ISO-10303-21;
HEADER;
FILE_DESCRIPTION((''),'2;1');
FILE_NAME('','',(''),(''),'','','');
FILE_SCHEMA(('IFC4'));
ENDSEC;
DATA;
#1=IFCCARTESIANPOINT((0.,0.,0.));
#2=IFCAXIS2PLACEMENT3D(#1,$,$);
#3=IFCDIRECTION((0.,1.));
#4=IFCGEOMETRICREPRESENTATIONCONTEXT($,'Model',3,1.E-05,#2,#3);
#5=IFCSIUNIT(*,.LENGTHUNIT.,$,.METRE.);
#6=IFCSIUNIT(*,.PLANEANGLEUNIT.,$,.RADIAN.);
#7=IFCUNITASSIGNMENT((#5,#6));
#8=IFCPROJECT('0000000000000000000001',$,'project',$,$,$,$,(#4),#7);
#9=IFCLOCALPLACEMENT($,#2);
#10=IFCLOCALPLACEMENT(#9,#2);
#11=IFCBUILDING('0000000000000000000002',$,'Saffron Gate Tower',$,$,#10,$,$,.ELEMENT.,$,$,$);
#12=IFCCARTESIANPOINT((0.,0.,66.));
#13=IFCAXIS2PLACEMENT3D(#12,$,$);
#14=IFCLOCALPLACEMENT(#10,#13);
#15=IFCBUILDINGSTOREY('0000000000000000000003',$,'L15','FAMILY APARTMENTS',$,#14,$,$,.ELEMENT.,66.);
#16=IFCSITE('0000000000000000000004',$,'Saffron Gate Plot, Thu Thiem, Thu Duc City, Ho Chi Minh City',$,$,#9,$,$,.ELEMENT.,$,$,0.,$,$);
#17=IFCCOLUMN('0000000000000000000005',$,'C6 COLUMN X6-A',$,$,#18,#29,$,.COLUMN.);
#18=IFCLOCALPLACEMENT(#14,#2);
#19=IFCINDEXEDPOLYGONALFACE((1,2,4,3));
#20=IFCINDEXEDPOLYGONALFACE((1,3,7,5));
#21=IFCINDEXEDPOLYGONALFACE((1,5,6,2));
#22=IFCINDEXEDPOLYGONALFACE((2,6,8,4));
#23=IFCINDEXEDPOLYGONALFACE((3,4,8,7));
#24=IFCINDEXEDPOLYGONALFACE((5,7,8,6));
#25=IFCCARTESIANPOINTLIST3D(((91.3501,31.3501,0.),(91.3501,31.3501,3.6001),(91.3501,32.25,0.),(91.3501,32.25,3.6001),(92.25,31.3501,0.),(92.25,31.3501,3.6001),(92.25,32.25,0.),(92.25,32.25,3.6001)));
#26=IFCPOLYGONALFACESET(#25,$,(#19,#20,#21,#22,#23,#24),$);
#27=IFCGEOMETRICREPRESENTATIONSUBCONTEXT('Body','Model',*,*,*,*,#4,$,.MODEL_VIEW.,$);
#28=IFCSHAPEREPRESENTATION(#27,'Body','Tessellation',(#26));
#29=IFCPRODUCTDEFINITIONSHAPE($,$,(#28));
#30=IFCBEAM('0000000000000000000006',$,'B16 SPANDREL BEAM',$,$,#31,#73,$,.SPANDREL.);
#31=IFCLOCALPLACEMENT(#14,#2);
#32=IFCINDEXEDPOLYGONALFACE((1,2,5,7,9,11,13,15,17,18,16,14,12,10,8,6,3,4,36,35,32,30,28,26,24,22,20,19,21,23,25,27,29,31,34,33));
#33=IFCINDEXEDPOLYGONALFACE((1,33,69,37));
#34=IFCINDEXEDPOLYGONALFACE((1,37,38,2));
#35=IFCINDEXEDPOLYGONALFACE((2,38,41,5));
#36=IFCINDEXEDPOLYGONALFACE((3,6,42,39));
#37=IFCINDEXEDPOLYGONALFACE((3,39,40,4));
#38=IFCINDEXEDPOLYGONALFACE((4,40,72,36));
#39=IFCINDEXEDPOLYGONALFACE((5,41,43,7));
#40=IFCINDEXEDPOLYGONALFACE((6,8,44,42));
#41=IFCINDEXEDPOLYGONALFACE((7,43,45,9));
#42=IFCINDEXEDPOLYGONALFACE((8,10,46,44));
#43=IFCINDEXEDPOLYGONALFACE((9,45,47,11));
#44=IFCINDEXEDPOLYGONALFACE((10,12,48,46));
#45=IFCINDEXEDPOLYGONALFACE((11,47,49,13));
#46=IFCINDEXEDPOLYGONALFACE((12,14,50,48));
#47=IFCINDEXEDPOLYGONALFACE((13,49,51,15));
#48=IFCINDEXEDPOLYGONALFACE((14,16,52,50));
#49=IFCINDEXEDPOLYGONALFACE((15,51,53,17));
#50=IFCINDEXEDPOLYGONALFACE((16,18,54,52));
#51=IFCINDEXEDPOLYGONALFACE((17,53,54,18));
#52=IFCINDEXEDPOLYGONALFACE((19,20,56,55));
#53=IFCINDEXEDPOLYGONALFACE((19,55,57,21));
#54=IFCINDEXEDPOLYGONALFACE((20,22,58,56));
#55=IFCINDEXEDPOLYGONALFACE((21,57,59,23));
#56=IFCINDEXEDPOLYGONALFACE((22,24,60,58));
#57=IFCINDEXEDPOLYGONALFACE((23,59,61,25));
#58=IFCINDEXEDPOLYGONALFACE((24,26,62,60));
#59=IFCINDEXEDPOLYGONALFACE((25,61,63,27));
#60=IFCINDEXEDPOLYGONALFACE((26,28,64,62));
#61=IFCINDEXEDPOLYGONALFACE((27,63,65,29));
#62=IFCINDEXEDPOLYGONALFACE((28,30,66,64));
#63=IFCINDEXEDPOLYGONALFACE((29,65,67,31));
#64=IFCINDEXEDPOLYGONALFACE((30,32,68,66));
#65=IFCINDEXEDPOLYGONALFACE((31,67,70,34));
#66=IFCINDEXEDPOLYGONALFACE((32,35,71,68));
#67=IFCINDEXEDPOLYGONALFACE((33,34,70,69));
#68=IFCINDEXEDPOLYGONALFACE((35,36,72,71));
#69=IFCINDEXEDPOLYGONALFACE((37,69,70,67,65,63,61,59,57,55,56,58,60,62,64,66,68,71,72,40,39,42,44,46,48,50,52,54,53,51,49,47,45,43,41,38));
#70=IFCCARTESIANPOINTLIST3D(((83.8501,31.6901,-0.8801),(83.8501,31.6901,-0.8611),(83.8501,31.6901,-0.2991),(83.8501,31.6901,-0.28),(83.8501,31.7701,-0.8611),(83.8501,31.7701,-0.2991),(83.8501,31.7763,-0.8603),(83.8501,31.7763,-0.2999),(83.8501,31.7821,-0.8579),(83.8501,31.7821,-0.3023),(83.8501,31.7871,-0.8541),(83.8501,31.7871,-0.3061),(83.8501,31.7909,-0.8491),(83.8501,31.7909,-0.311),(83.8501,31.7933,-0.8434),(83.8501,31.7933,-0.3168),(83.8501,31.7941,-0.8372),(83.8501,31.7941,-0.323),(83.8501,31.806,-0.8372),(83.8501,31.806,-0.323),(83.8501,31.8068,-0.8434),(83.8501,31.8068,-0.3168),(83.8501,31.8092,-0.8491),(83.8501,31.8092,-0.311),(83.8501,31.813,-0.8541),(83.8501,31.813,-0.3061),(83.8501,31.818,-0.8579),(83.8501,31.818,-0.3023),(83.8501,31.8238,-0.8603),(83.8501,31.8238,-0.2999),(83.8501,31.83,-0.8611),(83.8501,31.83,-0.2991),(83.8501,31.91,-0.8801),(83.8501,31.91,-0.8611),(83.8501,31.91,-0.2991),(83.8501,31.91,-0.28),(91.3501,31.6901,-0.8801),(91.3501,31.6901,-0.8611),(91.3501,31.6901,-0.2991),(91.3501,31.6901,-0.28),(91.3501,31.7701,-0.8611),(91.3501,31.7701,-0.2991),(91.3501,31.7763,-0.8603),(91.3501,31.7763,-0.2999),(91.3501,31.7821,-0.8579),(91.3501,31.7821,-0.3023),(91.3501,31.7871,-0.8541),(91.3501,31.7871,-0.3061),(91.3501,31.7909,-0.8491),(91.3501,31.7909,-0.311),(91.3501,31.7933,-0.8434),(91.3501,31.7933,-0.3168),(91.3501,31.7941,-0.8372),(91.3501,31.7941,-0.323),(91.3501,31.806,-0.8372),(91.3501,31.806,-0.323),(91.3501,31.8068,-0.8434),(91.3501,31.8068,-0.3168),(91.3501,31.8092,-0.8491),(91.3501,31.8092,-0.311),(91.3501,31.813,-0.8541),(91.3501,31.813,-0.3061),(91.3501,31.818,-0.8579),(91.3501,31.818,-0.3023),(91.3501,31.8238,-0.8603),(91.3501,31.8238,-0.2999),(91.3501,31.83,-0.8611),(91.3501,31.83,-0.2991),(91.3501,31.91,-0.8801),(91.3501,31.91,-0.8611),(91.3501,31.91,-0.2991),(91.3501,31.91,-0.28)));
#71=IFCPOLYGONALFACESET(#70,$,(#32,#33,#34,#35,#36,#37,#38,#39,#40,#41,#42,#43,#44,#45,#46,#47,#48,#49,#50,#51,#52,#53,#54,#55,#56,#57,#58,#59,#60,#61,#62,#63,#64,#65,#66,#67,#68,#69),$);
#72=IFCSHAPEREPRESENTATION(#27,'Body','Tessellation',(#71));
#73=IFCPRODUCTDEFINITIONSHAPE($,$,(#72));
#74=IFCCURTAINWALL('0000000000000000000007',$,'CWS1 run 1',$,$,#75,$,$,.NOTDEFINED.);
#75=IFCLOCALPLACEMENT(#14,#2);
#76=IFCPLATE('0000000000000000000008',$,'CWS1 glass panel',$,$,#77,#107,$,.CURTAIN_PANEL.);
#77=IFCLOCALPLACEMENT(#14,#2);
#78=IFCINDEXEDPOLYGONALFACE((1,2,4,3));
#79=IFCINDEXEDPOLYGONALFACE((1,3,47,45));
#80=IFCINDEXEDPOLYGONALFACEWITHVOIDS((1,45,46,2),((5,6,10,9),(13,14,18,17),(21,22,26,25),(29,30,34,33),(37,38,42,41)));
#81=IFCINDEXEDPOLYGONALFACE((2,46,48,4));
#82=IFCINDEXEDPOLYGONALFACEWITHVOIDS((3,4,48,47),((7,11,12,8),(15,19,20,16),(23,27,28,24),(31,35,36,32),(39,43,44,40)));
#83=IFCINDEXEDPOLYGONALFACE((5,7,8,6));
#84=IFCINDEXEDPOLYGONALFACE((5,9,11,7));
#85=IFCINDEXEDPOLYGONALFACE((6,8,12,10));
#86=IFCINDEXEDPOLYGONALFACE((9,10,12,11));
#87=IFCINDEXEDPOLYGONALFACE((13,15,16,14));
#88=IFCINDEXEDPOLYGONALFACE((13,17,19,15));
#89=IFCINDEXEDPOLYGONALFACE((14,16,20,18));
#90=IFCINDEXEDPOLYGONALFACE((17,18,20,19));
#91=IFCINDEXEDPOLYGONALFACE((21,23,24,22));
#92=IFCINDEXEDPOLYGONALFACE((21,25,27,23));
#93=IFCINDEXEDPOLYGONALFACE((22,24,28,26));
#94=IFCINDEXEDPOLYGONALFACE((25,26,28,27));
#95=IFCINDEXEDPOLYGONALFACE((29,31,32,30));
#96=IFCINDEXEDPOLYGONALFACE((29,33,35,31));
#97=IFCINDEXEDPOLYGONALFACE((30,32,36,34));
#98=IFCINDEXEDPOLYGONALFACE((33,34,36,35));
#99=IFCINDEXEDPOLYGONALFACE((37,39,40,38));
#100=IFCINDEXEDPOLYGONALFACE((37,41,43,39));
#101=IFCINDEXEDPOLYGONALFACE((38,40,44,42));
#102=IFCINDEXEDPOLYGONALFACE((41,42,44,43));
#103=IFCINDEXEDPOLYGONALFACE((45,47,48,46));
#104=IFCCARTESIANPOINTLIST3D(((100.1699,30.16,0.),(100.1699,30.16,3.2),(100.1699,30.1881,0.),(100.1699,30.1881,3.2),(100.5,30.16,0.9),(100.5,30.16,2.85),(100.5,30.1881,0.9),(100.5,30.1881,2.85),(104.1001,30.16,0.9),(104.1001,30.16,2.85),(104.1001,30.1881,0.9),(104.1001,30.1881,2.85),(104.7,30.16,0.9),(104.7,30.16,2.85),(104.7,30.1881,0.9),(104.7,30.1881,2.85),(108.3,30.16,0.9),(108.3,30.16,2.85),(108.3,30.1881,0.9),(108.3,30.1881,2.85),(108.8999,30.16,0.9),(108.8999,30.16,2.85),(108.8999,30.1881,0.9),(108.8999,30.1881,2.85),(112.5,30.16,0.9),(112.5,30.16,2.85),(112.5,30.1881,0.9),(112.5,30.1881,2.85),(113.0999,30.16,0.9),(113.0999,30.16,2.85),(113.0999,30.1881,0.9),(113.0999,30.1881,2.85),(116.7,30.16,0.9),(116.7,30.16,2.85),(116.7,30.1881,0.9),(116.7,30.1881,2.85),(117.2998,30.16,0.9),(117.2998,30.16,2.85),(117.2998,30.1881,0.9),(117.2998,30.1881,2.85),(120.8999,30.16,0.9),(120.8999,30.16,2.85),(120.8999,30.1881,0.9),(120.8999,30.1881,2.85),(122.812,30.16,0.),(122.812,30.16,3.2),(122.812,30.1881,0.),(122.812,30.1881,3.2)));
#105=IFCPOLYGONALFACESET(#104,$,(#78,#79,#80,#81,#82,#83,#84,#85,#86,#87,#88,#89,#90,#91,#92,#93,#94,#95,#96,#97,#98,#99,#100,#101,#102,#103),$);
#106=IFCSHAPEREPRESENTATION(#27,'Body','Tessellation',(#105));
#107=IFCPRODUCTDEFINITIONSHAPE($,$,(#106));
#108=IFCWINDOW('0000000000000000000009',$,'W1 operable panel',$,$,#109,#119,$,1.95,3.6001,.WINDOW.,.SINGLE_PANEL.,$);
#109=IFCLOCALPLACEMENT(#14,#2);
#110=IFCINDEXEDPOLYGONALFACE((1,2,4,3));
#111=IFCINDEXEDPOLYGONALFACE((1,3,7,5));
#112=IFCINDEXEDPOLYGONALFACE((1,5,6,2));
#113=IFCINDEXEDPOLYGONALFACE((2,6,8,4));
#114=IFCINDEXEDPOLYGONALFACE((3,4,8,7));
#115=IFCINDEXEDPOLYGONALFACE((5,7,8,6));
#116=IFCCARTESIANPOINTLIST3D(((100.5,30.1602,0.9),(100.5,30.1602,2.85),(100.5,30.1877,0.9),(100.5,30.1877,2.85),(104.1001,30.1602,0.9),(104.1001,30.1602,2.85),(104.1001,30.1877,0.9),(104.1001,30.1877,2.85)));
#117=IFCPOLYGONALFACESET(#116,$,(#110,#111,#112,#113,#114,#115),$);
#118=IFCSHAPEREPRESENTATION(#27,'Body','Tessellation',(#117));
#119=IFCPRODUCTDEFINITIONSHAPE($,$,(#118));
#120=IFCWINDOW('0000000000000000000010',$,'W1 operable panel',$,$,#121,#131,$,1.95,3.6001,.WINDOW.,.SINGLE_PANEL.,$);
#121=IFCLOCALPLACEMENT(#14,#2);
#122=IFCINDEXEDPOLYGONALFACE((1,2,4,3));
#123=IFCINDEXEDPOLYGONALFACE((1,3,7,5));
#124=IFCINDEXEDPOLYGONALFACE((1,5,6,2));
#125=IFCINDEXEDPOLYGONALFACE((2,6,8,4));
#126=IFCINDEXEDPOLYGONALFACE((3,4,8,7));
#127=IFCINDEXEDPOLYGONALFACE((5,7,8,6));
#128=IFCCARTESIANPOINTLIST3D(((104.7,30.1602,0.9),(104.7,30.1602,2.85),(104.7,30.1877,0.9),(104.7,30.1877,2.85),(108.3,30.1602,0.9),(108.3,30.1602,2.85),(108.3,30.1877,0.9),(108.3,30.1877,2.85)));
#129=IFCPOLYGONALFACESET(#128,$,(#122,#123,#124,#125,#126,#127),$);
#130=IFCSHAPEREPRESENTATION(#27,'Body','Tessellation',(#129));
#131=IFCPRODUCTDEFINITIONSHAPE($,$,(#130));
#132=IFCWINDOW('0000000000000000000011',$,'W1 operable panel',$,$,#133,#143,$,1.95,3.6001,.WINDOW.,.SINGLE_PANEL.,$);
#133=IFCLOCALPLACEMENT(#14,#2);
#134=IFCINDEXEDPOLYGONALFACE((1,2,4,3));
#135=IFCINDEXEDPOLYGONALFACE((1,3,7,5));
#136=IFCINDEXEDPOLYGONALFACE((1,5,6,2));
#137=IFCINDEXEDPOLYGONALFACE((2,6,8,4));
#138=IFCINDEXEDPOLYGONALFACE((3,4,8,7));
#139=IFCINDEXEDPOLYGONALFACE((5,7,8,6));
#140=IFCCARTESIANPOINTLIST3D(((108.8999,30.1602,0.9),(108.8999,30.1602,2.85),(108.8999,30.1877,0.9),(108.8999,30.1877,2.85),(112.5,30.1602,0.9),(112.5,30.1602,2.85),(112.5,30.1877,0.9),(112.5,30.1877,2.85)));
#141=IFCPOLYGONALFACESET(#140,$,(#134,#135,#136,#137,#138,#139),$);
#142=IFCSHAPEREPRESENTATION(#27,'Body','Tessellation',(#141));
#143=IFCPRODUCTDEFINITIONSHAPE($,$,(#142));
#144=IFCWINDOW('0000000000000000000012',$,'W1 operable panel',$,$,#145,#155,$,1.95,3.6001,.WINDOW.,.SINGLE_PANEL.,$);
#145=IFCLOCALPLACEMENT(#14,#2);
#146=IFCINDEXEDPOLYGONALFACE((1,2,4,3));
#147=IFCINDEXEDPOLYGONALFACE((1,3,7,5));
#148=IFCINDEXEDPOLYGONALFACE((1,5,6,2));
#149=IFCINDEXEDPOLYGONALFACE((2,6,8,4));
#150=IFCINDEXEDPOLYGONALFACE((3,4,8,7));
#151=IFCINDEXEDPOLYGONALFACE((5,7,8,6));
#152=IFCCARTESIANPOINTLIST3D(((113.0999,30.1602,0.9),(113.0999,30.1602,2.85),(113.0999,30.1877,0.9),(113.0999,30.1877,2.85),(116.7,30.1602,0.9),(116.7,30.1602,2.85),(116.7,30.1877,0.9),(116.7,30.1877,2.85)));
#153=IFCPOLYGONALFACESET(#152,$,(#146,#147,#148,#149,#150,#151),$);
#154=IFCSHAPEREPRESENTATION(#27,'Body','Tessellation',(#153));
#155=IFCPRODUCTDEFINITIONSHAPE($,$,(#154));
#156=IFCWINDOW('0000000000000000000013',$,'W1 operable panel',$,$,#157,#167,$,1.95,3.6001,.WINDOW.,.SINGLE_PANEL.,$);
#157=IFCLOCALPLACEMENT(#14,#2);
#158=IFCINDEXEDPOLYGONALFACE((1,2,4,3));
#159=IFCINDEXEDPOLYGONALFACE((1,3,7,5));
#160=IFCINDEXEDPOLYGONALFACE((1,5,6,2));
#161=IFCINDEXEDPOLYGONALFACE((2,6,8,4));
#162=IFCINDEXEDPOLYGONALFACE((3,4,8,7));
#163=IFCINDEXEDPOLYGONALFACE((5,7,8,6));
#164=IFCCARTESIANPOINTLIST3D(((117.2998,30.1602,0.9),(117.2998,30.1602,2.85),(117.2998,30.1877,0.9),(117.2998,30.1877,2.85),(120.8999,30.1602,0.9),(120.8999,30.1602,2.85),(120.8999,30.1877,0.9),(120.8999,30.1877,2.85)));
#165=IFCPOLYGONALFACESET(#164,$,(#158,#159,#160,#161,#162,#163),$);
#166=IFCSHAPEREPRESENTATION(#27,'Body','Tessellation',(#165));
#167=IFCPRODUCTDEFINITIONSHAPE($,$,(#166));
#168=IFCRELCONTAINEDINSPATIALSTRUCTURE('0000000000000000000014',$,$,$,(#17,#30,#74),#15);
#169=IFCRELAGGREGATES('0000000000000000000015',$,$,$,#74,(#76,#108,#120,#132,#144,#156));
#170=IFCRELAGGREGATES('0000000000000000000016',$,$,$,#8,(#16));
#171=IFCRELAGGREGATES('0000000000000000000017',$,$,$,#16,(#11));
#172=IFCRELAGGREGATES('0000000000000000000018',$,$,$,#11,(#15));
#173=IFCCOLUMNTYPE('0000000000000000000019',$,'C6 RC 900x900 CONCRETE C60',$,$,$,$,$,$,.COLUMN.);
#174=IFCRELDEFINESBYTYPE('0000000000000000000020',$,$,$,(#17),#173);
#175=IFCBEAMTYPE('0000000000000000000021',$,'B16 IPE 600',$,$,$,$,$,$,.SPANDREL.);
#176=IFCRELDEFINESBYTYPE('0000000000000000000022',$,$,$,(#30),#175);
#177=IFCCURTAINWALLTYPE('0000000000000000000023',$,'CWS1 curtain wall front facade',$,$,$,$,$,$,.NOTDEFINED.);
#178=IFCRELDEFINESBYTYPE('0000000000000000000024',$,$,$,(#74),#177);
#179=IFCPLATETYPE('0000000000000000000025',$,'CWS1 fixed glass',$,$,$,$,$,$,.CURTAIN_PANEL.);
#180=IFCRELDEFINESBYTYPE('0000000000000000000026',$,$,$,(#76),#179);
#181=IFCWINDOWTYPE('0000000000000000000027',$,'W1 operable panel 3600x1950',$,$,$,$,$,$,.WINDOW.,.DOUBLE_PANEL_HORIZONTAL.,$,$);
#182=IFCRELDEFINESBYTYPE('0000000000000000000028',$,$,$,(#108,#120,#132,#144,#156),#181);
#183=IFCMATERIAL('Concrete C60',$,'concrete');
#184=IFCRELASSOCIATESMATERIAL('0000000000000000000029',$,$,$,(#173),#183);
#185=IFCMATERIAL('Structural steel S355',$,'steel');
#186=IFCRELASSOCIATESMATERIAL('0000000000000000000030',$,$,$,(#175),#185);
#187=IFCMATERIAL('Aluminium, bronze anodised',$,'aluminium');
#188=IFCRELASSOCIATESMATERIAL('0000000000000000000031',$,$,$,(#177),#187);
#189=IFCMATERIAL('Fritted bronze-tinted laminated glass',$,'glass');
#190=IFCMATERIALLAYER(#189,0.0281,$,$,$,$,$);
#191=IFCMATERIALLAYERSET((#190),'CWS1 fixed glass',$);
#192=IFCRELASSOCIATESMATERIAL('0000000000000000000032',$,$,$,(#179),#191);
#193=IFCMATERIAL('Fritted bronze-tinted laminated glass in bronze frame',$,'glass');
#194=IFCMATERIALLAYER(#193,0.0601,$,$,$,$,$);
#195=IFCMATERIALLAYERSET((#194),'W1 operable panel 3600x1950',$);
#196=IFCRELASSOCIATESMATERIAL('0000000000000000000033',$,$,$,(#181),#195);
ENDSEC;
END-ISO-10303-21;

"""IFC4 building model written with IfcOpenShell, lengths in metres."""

from ifc_helpers import new_model, si_unit, direction, frame, frame_2d, origin, origin_2d, place, context, subcontext, project, spatial, rectangle, i_section, extrude, material, layer, layer_set, material_profile, profile_set, type_object, element, fill, aggregate, save


model = new_model("IFC4")

# Units and contexts
model_context = context("Model", 3, precision=1e-05, world=origin(), true_north=direction((0.0, 1.0)))
body_context = subcontext(model_context, "Body", "Model", "MODEL_VIEW")
ifc_project = project(units=[si_unit("LENGTHUNIT", "METRE"), si_unit("PLANEANGLEUNIT", "RADIAN")], contexts=[model_context])

# Site, building, storey
site_placement = place(None, origin())
site = spatial("IfcSite", under=ifc_project, at=site_placement, Name="Saffron Gate Plot, Thu Thiem, Thu Duc City, Ho Chi Minh City", CompositionType="ELEMENT", RefElevation=0.0)
building_placement = place(site_placement, origin())
building = spatial("IfcBuilding", under=site, at=building_placement, Name="Saffron Gate Tower", CompositionType="ELEMENT")
storey_placement = place(building_placement, frame((0.0, 0.0, 66.0)))
storey = spatial("IfcBuildingStorey", under=building, at=storey_placement, Name="L15", Description="FAMILY APARTMENTS", CompositionType="ELEMENT", Elevation=66.0)

# Column
ifc_material_1 = material(Name="Concrete C60", Category="concrete")
ifc_material_profile_1 = material_profile(ifc_material_1, rectangle(XDim=0.8999, YDim=0.8999, at=origin_2d()))
ifc_profile_set_1 = profile_set([ifc_material_profile_1], Name="Concrete C60")
column_type = type_object("IfcColumnType", Name="C6 RC 900x900 CONCRETE C60", PredefinedType="COLUMN", material=ifc_profile_set_1)
column_placement = place(storey_placement, frame((91.8, 31.8, 0.0), z_axis=(0.0, 0.0, 1.0), x_axis=(1.0, 0.0, 0.0)))
element("IfcColumn", 1, at=column_placement, inside=storey, type_object=column_type, Name="C6 COLUMN X6-A", PredefinedType="COLUMN", context=body_context, shape_type="SweptSolid", body=[
    extrude(rectangle(XDim=0.8999, YDim=0.8999, at=origin_2d()), origin(), (0.0, 0.0, 1.0), 3.6001),
])

# Beam
ifc_material_2 = material(Name="Structural steel S355", Category="steel")
ifc_material_profile_2 = material_profile(ifc_material_2, i_section(OverallWidth=0.22, OverallDepth=0.6001, WebThickness=0.012, FlangeThickness=0.019, FilletRadius=0.0239, at=origin_2d()))
ifc_profile_set_2 = profile_set([ifc_material_profile_2], Name="Structural steel S355")
beam_type = type_object("IfcBeamType", Name="B16 IPE 600", PredefinedType="SPANDREL", material=ifc_profile_set_2)
beam_placement = place(storey_placement, frame((83.8501, 31.8, -0.5801), z_axis=(1.0, 0.0, 0.0), x_axis=(0.0, 1.0, 0.0)))
element("IfcBeam", 2, at=beam_placement, inside=storey, type_object=beam_type, Name="B16 SPANDREL BEAM", PredefinedType="SPANDREL", context=body_context, shape_type="SweptSolid", body=[
    extrude(i_section(OverallWidth=0.22, OverallDepth=0.6001, WebThickness=0.012, FlangeThickness=0.019, FilletRadius=0.0239, at=origin_2d()), origin(), (0.0, 0.0, 1.0), 7.5),
])

# Curtain wall, plate, openings, windows
ifc_material_3 = material(Name="Aluminium, bronze anodised", Category="aluminium")
curtain_wall_type = type_object("IfcCurtainWallType", Name="CWS1 curtain wall front facade", PredefinedType="NOTDEFINED", material=ifc_material_3)
curtain_wall_placement = place(storey_placement, origin())
curtain_wall = element("IfcCurtainWall", 3, at=curtain_wall_placement, inside=storey, type_object=curtain_wall_type, Name="CWS1 run 1", PredefinedType="NOTDEFINED")
ifc_material_4 = material(Name="Fritted bronze-tinted laminated glass", Category="glass")
ifc_layer_1 = layer(ifc_material_4, 0.0281)
ifc_layer_set_1 = layer_set([ifc_layer_1], Name="CWS1 fixed glass")
plate_type = type_object("IfcPlateType", Name="CWS1 fixed glass", PredefinedType="CURTAIN_PANEL", material=ifc_layer_set_1)
plate_placement = place(storey_placement, frame((100.1699, 30.1741, 0.0), z_axis=(0.0, 0.0, 1.0), x_axis=(1.0, 0.0, 0.0)))
plate = element("IfcPlate", 4, at=plate_placement, type_object=plate_type, Name="CWS1 glass panel", PredefinedType="CURTAIN_PANEL", context=body_context, shape_type="SweptSolid", body=[
    extrude(rectangle(XDim=22.6421, YDim=0.0281, at=frame_2d((11.321, 0.0))), origin(), (0.0, 0.0, 1.0), 3.2),
])
opening_1_placement = place(plate_placement, frame((0.3301, 0.0, 0.8999)))
opening_1 = element("IfcOpeningElement", 5, at=opening_1_placement, cuts=plate, PredefinedType="OPENING", context=body_context, shape_type="SweptSolid", body=[
    extrude(rectangle(XDim=3.6001, YDim=1.95, at=frame_2d((1.8, 0.9751))), frame((0.0, 0.0239, 0.0), z_axis=(0.0, -1.0, 0.0), x_axis=(1.0, 0.0, 0.0)), (0.0, 0.0, 1.0), 0.0481),
])
opening_2_placement = place(plate_placement, frame((4.53, 0.0, 0.8999)))
opening_2 = element("IfcOpeningElement", 6, at=opening_2_placement, cuts=plate, PredefinedType="OPENING", context=body_context, shape_type="SweptSolid", body=[
    extrude(rectangle(XDim=3.6001, YDim=1.95, at=frame_2d((1.8, 0.9751))), frame((0.0, 0.0239, 0.0), z_axis=(0.0, -1.0, 0.0), x_axis=(1.0, 0.0, 0.0)), (0.0, 0.0, 1.0), 0.0481),
])
opening_3_placement = place(plate_placement, frame((8.73, 0.0, 0.8999)))
opening_3 = element("IfcOpeningElement", 7, at=opening_3_placement, cuts=plate, PredefinedType="OPENING", context=body_context, shape_type="SweptSolid", body=[
    extrude(rectangle(XDim=3.6001, YDim=1.95, at=frame_2d((1.8, 0.9751))), frame((0.0, 0.0239, 0.0), z_axis=(0.0, -1.0, 0.0), x_axis=(1.0, 0.0, 0.0)), (0.0, 0.0, 1.0), 0.0481),
])
opening_4_placement = place(plate_placement, frame((12.9299, 0.0, 0.8999)))
opening_4 = element("IfcOpeningElement", 8, at=opening_4_placement, cuts=plate, PredefinedType="OPENING", context=body_context, shape_type="SweptSolid", body=[
    extrude(rectangle(XDim=3.6001, YDim=1.95, at=frame_2d((1.8, 0.9751))), frame((0.0, 0.0239, 0.0), z_axis=(0.0, -1.0, 0.0), x_axis=(1.0, 0.0, 0.0)), (0.0, 0.0, 1.0), 0.0481),
])
opening_5_placement = place(plate_placement, frame((17.1299, 0.0, 0.8999)))
opening_5 = element("IfcOpeningElement", 9, at=opening_5_placement, cuts=plate, PredefinedType="OPENING", context=body_context, shape_type="SweptSolid", body=[
    extrude(rectangle(XDim=3.6001, YDim=1.95, at=frame_2d((1.8, 0.9751))), frame((0.0, 0.0239, 0.0), z_axis=(0.0, -1.0, 0.0), x_axis=(1.0, 0.0, 0.0)), (0.0, 0.0, 1.0), 0.0481),
])
ifc_material_5 = material(Name="Fritted bronze-tinted laminated glass in bronze frame", Category="glass")
ifc_layer_2 = layer(ifc_material_5, 0.0601)
ifc_layer_set_2 = layer_set([ifc_layer_2], Name="W1 operable panel 3600x1950")
window_type = type_object("IfcWindowType", Name="W1 operable panel 3600x1950", PartitioningType="DOUBLE_PANEL_HORIZONTAL", PredefinedType="WINDOW", material=ifc_layer_set_2)
window_1_placement = place(opening_1_placement, origin())
window_1 = element("IfcWindow", 10, at=window_1_placement, type_object=window_type, Name="W1 operable panel", OverallHeight=1.95, OverallWidth=3.6001, PartitioningType="SINGLE_PANEL", PredefinedType="WINDOW", context=body_context, shape_type="SweptSolid", body=[
    extrude(rectangle(XDim=3.6001, YDim=1.95, at=frame_2d((1.8, 0.9751))), frame((0.0, 0.0137, 0.0), z_axis=(0.0, -1.0, 0.0), x_axis=(1.0, 0.0, 0.0)), (0.0, 0.0, 1.0), 0.0276),
])
fill(opening_1, window_1)
window_2_placement = place(opening_2_placement, origin())
window_2 = element("IfcWindow", 11, at=window_2_placement, type_object=window_type, Name="W1 operable panel", OverallHeight=1.95, OverallWidth=3.6001, PartitioningType="SINGLE_PANEL", PredefinedType="WINDOW", context=body_context, shape_type="SweptSolid", body=[
    extrude(rectangle(XDim=3.6001, YDim=1.95, at=frame_2d((1.8, 0.9751))), frame((0.0, 0.0137, 0.0), z_axis=(0.0, -1.0, 0.0), x_axis=(1.0, 0.0, 0.0)), (0.0, 0.0, 1.0), 0.0276),
])
fill(opening_2, window_2)
window_3_placement = place(opening_3_placement, origin())
window_3 = element("IfcWindow", 12, at=window_3_placement, type_object=window_type, Name="W1 operable panel", OverallHeight=1.95, OverallWidth=3.6001, PartitioningType="SINGLE_PANEL", PredefinedType="WINDOW", context=body_context, shape_type="SweptSolid", body=[
    extrude(rectangle(XDim=3.6001, YDim=1.95, at=frame_2d((1.8, 0.9751))), frame((0.0, 0.0137, 0.0), z_axis=(0.0, -1.0, 0.0), x_axis=(1.0, 0.0, 0.0)), (0.0, 0.0, 1.0), 0.0276),
])
fill(opening_3, window_3)
window_4_placement = place(opening_4_placement, origin())
window_4 = element("IfcWindow", 13, at=window_4_placement, type_object=window_type, Name="W1 operable panel", OverallHeight=1.95, OverallWidth=3.6001, PartitioningType="SINGLE_PANEL", PredefinedType="WINDOW", context=body_context, shape_type="SweptSolid", body=[
    extrude(rectangle(XDim=3.6001, YDim=1.95, at=frame_2d((1.8, 0.9751))), frame((0.0, 0.0137, 0.0), z_axis=(0.0, -1.0, 0.0), x_axis=(1.0, 0.0, 0.0)), (0.0, 0.0, 1.0), 0.0276),
])
fill(opening_4, window_4)
window_5_placement = place(opening_5_placement, origin())
window_5 = element("IfcWindow", 14, at=window_5_placement, type_object=window_type, Name="W1 operable panel", OverallHeight=1.95, OverallWidth=3.6001, PartitioningType="SINGLE_PANEL", PredefinedType="WINDOW", context=body_context, shape_type="SweptSolid", body=[
    extrude(rectangle(XDim=3.6001, YDim=1.95, at=frame_2d((1.8, 0.9751))), frame((0.0, 0.0137, 0.0), z_axis=(0.0, -1.0, 0.0), x_axis=(1.0, 0.0, 0.0)), (0.0, 0.0, 1.0), 0.0276),
])
fill(opening_5, window_5)
aggregate(curtain_wall, [plate, window_1, window_2, window_3, window_4, window_5])

save(model, "model.ifc")
